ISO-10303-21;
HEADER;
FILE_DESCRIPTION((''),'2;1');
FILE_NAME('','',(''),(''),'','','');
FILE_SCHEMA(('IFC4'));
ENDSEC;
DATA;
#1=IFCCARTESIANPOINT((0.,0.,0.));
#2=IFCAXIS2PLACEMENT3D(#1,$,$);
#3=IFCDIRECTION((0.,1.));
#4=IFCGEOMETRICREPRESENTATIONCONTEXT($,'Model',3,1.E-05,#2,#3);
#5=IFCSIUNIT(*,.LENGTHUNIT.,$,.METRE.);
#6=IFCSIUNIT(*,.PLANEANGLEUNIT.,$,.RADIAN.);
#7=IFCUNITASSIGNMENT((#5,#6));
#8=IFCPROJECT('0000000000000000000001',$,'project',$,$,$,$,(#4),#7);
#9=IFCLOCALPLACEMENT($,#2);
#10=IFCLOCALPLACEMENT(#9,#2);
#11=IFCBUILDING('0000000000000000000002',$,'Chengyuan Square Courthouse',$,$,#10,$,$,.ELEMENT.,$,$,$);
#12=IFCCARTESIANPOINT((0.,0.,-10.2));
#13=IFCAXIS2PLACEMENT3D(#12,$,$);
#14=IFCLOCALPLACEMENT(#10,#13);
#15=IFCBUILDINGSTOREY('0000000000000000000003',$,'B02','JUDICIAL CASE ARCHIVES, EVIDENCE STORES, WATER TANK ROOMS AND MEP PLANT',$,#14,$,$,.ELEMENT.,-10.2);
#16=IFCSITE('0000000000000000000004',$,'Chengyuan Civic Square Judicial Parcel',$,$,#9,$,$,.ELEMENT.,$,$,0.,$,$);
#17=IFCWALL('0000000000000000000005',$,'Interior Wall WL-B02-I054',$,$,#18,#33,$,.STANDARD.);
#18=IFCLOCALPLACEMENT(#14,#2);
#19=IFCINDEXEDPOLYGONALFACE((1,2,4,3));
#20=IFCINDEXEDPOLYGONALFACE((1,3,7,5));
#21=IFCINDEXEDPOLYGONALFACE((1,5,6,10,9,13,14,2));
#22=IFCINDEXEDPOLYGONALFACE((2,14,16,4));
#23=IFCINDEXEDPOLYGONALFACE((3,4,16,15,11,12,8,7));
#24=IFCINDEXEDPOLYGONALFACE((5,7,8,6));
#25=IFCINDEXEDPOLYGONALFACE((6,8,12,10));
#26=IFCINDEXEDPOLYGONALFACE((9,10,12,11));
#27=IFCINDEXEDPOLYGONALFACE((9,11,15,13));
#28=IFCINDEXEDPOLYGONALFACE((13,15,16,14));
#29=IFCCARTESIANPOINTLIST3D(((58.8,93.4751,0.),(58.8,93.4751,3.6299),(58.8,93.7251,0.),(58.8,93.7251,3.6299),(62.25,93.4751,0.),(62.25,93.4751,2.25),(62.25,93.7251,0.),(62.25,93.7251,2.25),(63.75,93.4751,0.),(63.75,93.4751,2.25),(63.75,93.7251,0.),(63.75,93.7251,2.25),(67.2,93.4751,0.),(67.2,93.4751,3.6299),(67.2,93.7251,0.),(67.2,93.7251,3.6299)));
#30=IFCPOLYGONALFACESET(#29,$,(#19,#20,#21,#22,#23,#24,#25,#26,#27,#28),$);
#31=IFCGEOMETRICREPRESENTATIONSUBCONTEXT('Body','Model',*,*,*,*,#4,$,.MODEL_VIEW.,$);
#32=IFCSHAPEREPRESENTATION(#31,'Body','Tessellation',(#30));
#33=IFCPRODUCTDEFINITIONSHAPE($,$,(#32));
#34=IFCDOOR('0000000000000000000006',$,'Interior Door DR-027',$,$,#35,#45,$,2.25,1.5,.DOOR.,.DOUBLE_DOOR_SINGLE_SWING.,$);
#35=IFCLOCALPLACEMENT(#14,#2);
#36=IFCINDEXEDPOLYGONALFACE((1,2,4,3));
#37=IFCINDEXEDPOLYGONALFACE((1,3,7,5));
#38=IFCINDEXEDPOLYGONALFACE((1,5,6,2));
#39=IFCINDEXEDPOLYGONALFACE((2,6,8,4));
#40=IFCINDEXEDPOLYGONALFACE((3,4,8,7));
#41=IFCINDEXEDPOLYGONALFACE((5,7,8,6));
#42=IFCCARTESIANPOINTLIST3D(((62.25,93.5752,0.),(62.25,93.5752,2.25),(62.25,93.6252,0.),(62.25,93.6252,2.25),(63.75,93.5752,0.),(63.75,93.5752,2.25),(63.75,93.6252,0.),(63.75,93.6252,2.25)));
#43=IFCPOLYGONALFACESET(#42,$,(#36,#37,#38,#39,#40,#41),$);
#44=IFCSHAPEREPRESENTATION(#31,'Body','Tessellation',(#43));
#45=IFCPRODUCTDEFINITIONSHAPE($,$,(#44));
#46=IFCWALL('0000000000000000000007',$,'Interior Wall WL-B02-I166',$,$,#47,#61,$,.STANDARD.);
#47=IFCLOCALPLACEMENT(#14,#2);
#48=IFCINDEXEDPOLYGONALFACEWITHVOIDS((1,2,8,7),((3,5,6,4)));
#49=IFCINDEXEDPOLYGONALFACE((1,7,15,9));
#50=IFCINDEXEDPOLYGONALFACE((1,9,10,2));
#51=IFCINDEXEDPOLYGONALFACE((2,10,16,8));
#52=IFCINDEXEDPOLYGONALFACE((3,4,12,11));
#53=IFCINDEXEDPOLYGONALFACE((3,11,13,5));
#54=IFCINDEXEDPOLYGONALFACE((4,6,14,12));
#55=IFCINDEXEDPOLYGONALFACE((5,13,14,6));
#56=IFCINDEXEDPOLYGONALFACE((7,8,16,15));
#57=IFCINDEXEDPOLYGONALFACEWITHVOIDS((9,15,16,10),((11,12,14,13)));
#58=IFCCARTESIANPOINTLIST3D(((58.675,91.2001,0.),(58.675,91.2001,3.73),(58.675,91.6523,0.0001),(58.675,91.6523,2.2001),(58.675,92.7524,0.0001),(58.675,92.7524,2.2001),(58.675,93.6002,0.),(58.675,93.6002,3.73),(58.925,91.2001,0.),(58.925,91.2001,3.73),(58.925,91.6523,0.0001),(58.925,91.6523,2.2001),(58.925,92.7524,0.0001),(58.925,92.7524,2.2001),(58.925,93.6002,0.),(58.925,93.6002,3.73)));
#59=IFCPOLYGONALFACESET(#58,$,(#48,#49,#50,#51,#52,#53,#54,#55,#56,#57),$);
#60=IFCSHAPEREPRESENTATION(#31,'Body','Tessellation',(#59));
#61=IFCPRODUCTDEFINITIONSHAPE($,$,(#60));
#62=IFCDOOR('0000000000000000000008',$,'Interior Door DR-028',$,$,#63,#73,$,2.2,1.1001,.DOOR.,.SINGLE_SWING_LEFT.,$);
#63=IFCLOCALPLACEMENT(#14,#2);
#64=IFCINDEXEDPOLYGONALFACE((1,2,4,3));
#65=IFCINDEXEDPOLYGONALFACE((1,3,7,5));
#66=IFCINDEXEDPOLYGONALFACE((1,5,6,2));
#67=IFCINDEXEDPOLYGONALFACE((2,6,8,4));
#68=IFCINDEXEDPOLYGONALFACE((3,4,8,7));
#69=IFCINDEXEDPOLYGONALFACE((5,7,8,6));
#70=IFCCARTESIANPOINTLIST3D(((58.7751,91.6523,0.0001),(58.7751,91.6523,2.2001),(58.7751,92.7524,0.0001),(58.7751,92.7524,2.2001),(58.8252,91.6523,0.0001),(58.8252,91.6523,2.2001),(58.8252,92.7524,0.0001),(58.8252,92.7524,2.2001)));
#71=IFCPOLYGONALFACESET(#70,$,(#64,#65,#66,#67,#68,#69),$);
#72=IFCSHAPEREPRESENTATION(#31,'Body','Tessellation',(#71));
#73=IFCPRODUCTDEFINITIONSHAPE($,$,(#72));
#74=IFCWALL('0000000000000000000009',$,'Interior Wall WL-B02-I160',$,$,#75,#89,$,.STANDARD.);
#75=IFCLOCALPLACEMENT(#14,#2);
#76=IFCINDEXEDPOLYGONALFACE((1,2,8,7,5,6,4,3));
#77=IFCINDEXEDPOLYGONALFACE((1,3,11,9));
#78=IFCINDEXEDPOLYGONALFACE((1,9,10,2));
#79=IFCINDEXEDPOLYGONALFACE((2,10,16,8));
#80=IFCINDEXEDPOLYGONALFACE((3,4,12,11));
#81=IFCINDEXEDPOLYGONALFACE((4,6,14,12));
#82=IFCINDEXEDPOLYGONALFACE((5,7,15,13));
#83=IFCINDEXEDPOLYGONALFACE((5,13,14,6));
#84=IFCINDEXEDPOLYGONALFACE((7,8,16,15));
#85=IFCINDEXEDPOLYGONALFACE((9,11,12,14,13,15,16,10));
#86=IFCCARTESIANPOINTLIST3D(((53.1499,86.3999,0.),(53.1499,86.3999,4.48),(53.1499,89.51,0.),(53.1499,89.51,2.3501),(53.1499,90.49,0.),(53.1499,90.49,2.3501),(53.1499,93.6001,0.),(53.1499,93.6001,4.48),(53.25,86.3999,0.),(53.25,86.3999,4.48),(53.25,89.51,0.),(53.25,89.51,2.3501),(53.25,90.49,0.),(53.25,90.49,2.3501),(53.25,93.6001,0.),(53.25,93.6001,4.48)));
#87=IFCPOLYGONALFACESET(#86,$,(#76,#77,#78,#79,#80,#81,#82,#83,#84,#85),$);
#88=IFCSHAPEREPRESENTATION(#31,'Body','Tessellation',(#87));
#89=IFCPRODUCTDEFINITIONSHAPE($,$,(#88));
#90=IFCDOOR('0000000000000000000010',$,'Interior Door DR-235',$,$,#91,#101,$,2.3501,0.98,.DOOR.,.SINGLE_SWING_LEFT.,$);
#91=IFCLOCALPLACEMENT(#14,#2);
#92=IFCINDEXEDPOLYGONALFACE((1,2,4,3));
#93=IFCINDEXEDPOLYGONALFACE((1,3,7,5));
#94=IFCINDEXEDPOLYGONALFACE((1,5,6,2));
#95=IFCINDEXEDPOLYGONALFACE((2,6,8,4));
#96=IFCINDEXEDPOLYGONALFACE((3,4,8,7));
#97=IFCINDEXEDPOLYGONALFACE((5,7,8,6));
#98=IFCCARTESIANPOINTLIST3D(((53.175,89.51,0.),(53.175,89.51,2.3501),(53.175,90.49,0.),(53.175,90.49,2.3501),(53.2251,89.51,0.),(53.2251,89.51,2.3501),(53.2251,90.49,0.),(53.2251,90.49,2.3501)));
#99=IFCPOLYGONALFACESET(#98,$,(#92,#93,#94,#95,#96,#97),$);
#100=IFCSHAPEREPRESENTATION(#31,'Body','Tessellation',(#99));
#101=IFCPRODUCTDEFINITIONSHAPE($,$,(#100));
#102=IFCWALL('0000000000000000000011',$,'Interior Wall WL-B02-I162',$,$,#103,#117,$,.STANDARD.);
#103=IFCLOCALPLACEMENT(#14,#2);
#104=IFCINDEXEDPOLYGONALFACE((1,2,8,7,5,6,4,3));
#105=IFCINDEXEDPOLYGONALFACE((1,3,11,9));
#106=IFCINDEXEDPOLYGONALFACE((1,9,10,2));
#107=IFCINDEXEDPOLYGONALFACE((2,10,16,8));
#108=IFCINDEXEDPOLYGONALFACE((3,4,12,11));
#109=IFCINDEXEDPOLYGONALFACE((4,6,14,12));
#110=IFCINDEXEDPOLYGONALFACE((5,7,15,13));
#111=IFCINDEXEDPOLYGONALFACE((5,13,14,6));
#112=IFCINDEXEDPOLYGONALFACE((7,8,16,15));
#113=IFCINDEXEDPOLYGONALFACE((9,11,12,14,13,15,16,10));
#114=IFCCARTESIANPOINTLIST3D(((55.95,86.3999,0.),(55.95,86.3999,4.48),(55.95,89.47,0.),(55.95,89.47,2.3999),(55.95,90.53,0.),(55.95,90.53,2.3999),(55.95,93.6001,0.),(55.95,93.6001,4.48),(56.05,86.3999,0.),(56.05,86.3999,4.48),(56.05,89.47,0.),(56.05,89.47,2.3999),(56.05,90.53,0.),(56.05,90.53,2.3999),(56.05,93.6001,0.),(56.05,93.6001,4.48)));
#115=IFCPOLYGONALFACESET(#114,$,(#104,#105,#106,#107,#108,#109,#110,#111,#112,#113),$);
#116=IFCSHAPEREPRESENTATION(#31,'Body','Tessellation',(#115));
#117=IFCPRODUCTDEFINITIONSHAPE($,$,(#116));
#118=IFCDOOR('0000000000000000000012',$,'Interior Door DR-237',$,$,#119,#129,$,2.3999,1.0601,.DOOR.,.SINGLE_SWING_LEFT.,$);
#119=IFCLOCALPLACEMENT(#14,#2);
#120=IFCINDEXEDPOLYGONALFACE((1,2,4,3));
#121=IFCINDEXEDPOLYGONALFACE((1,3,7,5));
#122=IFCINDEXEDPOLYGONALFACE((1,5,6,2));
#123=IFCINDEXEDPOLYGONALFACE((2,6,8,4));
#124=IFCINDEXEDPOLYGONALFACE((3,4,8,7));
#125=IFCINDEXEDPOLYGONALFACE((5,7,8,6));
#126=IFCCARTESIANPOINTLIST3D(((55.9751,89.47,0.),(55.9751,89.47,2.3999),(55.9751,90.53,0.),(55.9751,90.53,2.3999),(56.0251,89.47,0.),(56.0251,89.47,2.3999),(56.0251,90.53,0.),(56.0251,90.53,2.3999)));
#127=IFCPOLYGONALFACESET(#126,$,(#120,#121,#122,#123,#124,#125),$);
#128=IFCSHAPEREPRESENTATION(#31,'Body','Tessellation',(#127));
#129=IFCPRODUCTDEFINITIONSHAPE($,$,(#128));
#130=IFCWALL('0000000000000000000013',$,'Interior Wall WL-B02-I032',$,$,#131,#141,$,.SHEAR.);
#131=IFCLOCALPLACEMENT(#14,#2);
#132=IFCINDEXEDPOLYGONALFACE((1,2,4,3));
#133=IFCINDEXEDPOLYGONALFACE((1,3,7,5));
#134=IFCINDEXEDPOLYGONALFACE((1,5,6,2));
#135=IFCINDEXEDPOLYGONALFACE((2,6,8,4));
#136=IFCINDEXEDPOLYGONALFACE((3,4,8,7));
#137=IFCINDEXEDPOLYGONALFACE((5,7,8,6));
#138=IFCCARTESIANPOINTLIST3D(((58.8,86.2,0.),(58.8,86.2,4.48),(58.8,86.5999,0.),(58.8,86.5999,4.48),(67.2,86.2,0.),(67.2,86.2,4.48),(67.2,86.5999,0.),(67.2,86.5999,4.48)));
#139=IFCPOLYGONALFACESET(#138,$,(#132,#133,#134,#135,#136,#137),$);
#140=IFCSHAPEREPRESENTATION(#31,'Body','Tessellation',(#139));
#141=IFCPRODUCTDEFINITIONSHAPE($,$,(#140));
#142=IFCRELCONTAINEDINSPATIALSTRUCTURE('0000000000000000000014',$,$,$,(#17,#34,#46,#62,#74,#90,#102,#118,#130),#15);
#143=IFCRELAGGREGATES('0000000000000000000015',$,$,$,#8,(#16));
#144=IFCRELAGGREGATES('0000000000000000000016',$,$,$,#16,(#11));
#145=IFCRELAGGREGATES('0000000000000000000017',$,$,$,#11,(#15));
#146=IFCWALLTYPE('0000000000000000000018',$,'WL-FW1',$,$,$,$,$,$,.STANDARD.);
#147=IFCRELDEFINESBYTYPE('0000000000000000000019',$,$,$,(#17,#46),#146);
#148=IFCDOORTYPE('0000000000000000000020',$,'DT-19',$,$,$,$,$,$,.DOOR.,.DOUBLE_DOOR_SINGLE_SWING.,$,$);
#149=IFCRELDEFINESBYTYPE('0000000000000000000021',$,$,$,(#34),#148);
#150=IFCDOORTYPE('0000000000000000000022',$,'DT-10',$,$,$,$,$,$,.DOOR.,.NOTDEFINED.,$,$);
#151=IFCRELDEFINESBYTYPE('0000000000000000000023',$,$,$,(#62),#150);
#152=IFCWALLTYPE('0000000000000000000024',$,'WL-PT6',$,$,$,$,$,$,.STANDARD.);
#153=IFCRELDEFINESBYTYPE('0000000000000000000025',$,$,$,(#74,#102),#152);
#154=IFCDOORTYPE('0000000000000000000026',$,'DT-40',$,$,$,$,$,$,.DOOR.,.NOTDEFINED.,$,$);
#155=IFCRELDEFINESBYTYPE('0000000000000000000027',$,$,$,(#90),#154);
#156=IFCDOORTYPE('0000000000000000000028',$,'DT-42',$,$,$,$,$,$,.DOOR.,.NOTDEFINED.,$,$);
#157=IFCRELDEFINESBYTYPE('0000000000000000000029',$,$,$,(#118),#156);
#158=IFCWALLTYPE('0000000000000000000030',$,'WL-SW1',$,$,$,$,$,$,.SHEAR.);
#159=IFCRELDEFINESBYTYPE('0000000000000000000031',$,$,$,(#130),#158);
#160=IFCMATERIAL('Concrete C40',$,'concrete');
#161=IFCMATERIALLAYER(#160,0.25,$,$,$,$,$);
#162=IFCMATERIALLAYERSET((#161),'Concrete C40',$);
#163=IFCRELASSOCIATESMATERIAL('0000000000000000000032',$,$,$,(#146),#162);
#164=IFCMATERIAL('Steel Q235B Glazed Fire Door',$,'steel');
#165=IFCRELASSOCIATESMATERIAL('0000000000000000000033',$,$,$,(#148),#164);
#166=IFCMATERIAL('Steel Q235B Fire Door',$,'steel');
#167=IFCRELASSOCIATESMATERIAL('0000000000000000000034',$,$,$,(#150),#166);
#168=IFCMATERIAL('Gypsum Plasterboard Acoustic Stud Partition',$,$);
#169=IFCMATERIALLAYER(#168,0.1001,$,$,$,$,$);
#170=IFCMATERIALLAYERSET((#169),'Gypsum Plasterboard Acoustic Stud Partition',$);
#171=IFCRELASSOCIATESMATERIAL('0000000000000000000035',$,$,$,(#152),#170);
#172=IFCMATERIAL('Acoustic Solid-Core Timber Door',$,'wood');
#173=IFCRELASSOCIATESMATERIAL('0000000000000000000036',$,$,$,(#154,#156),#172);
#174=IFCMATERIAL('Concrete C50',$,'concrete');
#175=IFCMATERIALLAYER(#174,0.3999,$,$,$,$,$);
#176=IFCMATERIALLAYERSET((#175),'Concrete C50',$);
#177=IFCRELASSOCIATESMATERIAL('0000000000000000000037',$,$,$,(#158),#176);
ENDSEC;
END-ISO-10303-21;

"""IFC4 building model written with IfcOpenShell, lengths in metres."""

from ifc_helpers import new_model, si_unit, direction, frame, frame_2d, origin, place, context, subcontext, project, spatial, rectangle, extrude, material, layer, layer_set, type_object, element, fill, save


model = new_model("IFC4")

# Units and contexts
model_context = context("Model", 3, precision=1e-05, world=origin(), true_north=direction((0.0, 1.0)))
body_context = subcontext(model_context, "Body", "Model", "MODEL_VIEW")
ifc_project = project(units=[si_unit("LENGTHUNIT", "METRE"), si_unit("PLANEANGLEUNIT", "RADIAN")], contexts=[model_context])

# Site, building, storey
site_placement = place(None, origin())
site = spatial("IfcSite", under=ifc_project, at=site_placement, Name="Chengyuan Civic Square Judicial Parcel", CompositionType="ELEMENT", RefElevation=0.0)
building_placement = place(site_placement, origin())
building = spatial("IfcBuilding", under=site, at=building_placement, Name="Chengyuan Square Courthouse", CompositionType="ELEMENT")
storey_placement = place(building_placement, frame((0.0, 0.0, -10.2)))
storey = spatial("IfcBuildingStorey", under=building, at=storey_placement, Name="B02", Description="JUDICIAL CASE ARCHIVES, EVIDENCE STORES, WATER TANK ROOMS AND MEP PLANT", CompositionType="ELEMENT", Elevation=-10.2)

# Shared definitions
ifc_material_1 = material(Name="Concrete C40", Category="concrete")

# Shared definitions
ifc_material_2 = material(Name="Concrete C50", Category="concrete")

# Walls, openings, doors
ifc_layer_1 = layer(ifc_material_1, 0.25)
ifc_layer_set_1 = layer_set([ifc_layer_1], Name="Concrete C40")
wall_type_1 = type_object("IfcWallType", Name="WL-FW1", PredefinedType="STANDARD", material=ifc_layer_set_1)
wall_1_placement = place(storey_placement, frame((58.8, 93.6001, 0.0), z_axis=(0.0, 0.0, 1.0), x_axis=(1.0, 0.0, 0.0)))
wall_1 = element("IfcWall", 1, at=wall_1_placement, inside=storey, type_object=wall_type_1, Name="Interior Wall WL-B02-I054", PredefinedType="STANDARD", context=body_context, shape_type="SweptSolid", body=[
    extrude(rectangle(XDim=8.3999, YDim=0.25, at=frame_2d((4.2, 0.0))), origin(), (0.0, 0.0, 1.0), 3.6299),
])
opening_1_placement = place(wall_1_placement, frame((3.45, 0.0, 0.0)))
opening_1 = element("IfcOpeningElement", 2, at=opening_1_placement, cuts=wall_1, PredefinedType="OPENING", context=body_context, shape_type="SweptSolid", body=[
    extrude(rectangle(XDim=1.5, YDim=2.25, at=frame_2d((0.75, 1.125))), frame((0.0, 0.137, 0.0), z_axis=(0.0, -1.0, 0.0), x_axis=(1.0, 0.0, 0.0)), (0.0, 0.0, 1.0), 0.2739),
])
ifc_material_3 = material(Name="Steel Q235B Glazed Fire Door", Category="steel")
door_type_1 = type_object("IfcDoorType", Name="DT-19", OperationType="DOUBLE_DOOR_SINGLE_SWING", PredefinedType="DOOR", material=ifc_material_3)
door_1_placement = place(opening_1_placement, frame((1.5, 0.0, 0.0), z_axis=(0.0, 0.0, 1.0), x_axis=(-1.0, 0.0, 0.0)))
door_1 = element("IfcDoor", 3, at=door_1_placement, inside=storey, type_object=door_type_1, Name="Interior Door DR-027", OperationType="DOUBLE_DOOR_SINGLE_SWING", OverallHeight=2.25, OverallWidth=1.5, PredefinedType="DOOR", context=body_context, shape_type="SweptSolid", body=[
    extrude(rectangle(XDim=1.5, YDim=2.25, at=frame_2d((0.75, 1.125))), frame((0.0, 0.0249, 0.0), z_axis=(0.0, -1.0, 0.0), x_axis=(1.0, 0.0, 0.0)), (0.0, 0.0, 1.0), 0.05),
])
fill(opening_1, door_1)
wall_2_placement = place(storey_placement, frame((58.8, 91.2, 0.0), z_axis=(0.0, 0.0, 1.0), x_axis=(0.0, 1.0, 0.0)))
wall_2 = element("IfcWall", 4, at=wall_2_placement, inside=storey, type_object=wall_type_1, Name="Interior Wall WL-B02-I166", PredefinedType="STANDARD", context=body_context, shape_type="SweptSolid", body=[
    extrude(rectangle(XDim=2.4001, YDim=0.25, at=frame_2d((1.2002, 0.0))), origin(), (0.0, 0.0, 1.0), 3.73),
])
opening_2_placement = place(wall_2_placement, frame((0.4524, 0.0, 0.0)))
opening_2 = element("IfcOpeningElement", 5, at=opening_2_placement, cuts=wall_2, PredefinedType="OPENING", context=body_context, shape_type="SweptSolid", body=[
    extrude(rectangle(XDim=1.1001, YDim=2.2, at=frame_2d((0.55, 1.1001))), frame((0.0, 0.137, 0.0), z_axis=(0.0, -1.0, 0.0), x_axis=(1.0, 0.0, 0.0)), (0.0, 0.0, 1.0), 0.2739),
])
ifc_material_4 = material(Name="Steel Q235B Fire Door", Category="steel")
door_type_2 = type_object("IfcDoorType", Name="DT-10", OperationType="NOTDEFINED", PredefinedType="DOOR", material=ifc_material_4)
door_2_placement = place(opening_2_placement, origin())
door_2 = element("IfcDoor", 6, at=door_2_placement, inside=storey, type_object=door_type_2, Name="Interior Door DR-028", OperationType="SINGLE_SWING_LEFT", OverallHeight=2.2, OverallWidth=1.1001, PredefinedType="DOOR", context=body_context, shape_type="SweptSolid", body=[
    extrude(rectangle(XDim=1.1001, YDim=2.2, at=frame_2d((0.55, 1.1001))), frame((0.0, 0.0249, 0.0), z_axis=(0.0, -1.0, 0.0), x_axis=(1.0, 0.0, 0.0)), (0.0, 0.0, 1.0), 0.05),
])
fill(opening_2, door_2)
ifc_material_5 = material(Name="Gypsum Plasterboard Acoustic Stud Partition")
ifc_layer_2 = layer(ifc_material_5, 0.1001)
ifc_layer_set_2 = layer_set([ifc_layer_2], Name="Gypsum Plasterboard Acoustic Stud Partition")
wall_type_2 = type_object("IfcWallType", Name="WL-PT6", PredefinedType="STANDARD", material=ifc_layer_set_2)
wall_3_placement = place(storey_placement, frame((53.2, 86.3999, 0.0), z_axis=(0.0, 0.0, 1.0), x_axis=(0.0, 1.0, 0.0)))
wall_3 = element("IfcWall", 7, at=wall_3_placement, inside=storey, type_object=wall_type_2, Name="Interior Wall WL-B02-I160", PredefinedType="STANDARD", context=body_context, shape_type="SweptSolid", body=[
    extrude(rectangle(XDim=7.2002, YDim=0.1001, at=frame_2d((3.6001, 0.0))), origin(), (0.0, 0.0, 1.0), 4.48),
])
opening_3_placement = place(wall_3_placement, frame((3.1101, 0.0, 0.0)))
opening_3 = element("IfcOpeningElement", 8, at=opening_3_placement, cuts=wall_3, PredefinedType="OPENING", context=body_context, shape_type="SweptSolid", body=[
    extrude(rectangle(XDim=0.98, YDim=2.3501, at=frame_2d((0.49, 1.175))), frame((0.0, 0.062, 0.0), z_axis=(0.0, -1.0, 0.0), x_axis=(1.0, 0.0, 0.0)), (0.0, 0.0, 1.0), 0.124),
])
ifc_material_6 = material(Name="Acoustic Solid-Core Timber Door", Category="wood")
door_type_3 = type_object("IfcDoorType", Name="DT-40", OperationType="NOTDEFINED", PredefinedType="DOOR", material=ifc_material_6)
door_3_placement = place(opening_3_placement, origin())
door_3 = element("IfcDoor", 9, at=door_3_placement, inside=storey, type_object=door_type_3, Name="Interior Door DR-235", OperationType="SINGLE_SWING_LEFT", OverallHeight=2.3501, OverallWidth=0.98, PredefinedType="DOOR", context=body_context, shape_type="SweptSolid", body=[
    extrude(rectangle(XDim=0.98, YDim=2.3501, at=frame_2d((0.49, 1.175))), frame((0.0, 0.0249, 0.0), z_axis=(0.0, -1.0, 0.0), x_axis=(1.0, 0.0, 0.0)), (0.0, 0.0, 1.0), 0.05),
])
fill(opening_3, door_3)
wall_4_placement = place(storey_placement, frame((56.0, 86.3999, 0.0), z_axis=(0.0, 0.0, 1.0), x_axis=(0.0, 1.0, 0.0)))
wall_4 = element("IfcWall", 10, at=wall_4_placement, inside=storey, type_object=wall_type_2, Name="Interior Wall WL-B02-I162", PredefinedType="STANDARD", context=body_context, shape_type="SweptSolid", body=[
    extrude(rectangle(XDim=7.2002, YDim=0.1001, at=frame_2d((3.6001, 0.0))), origin(), (0.0, 0.0, 1.0), 4.48),
])
opening_4_placement = place(wall_4_placement, frame((3.0701, 0.0, 0.0)))
opening_4 = element("IfcOpeningElement", 11, at=opening_4_placement, cuts=wall_4, PredefinedType="OPENING", context=body_context, shape_type="SweptSolid", body=[
    extrude(rectangle(XDim=1.0601, YDim=2.3999, at=frame_2d((0.53, 1.2))), frame((0.0, 0.062, 0.0), z_axis=(0.0, -1.0, 0.0), x_axis=(1.0, 0.0, 0.0)), (0.0, 0.0, 1.0), 0.124),
])
door_type_4 = type_object("IfcDoorType", Name="DT-42", OperationType="NOTDEFINED", PredefinedType="DOOR", material=ifc_material_6)
door_4_placement = place(opening_4_placement, origin())
door_4 = element("IfcDoor", 12, at=door_4_placement, inside=storey, type_object=door_type_4, Name="Interior Door DR-237", OperationType="SINGLE_SWING_LEFT", OverallHeight=2.3999, OverallWidth=1.0601, PredefinedType="DOOR", context=body_context, shape_type="SweptSolid", body=[
    extrude(rectangle(XDim=1.0601, YDim=2.3999, at=frame_2d((0.53, 1.2))), frame((0.0, 0.0249, 0.0), z_axis=(0.0, -1.0, 0.0), x_axis=(1.0, 0.0, 0.0)), (0.0, 0.0, 1.0), 0.05),
])
fill(opening_4, door_4)

# Wall
ifc_layer_3 = layer(ifc_material_2, 0.3999)
ifc_layer_set_3 = layer_set([ifc_layer_3], Name="Concrete C50")
wall_type_3 = type_object("IfcWallType", Name="WL-SW1", PredefinedType="SHEAR", material=ifc_layer_set_3)
wall_5_placement = place(storey_placement, frame((58.8, 86.3999, 0.0), z_axis=(0.0, 0.0, 1.0), x_axis=(1.0, 0.0, 0.0)))
element("IfcWall", 13, at=wall_5_placement, inside=storey, type_object=wall_type_3, Name="Interior Wall WL-B02-I032", PredefinedType="SHEAR", context=body_context, shape_type="SweptSolid", body=[
    extrude(rectangle(XDim=8.3999, YDim=0.3999, at=frame_2d((4.2, 0.0))), origin(), (0.0, 0.0, 1.0), 4.48),
])

save(model, "model.ifc")
